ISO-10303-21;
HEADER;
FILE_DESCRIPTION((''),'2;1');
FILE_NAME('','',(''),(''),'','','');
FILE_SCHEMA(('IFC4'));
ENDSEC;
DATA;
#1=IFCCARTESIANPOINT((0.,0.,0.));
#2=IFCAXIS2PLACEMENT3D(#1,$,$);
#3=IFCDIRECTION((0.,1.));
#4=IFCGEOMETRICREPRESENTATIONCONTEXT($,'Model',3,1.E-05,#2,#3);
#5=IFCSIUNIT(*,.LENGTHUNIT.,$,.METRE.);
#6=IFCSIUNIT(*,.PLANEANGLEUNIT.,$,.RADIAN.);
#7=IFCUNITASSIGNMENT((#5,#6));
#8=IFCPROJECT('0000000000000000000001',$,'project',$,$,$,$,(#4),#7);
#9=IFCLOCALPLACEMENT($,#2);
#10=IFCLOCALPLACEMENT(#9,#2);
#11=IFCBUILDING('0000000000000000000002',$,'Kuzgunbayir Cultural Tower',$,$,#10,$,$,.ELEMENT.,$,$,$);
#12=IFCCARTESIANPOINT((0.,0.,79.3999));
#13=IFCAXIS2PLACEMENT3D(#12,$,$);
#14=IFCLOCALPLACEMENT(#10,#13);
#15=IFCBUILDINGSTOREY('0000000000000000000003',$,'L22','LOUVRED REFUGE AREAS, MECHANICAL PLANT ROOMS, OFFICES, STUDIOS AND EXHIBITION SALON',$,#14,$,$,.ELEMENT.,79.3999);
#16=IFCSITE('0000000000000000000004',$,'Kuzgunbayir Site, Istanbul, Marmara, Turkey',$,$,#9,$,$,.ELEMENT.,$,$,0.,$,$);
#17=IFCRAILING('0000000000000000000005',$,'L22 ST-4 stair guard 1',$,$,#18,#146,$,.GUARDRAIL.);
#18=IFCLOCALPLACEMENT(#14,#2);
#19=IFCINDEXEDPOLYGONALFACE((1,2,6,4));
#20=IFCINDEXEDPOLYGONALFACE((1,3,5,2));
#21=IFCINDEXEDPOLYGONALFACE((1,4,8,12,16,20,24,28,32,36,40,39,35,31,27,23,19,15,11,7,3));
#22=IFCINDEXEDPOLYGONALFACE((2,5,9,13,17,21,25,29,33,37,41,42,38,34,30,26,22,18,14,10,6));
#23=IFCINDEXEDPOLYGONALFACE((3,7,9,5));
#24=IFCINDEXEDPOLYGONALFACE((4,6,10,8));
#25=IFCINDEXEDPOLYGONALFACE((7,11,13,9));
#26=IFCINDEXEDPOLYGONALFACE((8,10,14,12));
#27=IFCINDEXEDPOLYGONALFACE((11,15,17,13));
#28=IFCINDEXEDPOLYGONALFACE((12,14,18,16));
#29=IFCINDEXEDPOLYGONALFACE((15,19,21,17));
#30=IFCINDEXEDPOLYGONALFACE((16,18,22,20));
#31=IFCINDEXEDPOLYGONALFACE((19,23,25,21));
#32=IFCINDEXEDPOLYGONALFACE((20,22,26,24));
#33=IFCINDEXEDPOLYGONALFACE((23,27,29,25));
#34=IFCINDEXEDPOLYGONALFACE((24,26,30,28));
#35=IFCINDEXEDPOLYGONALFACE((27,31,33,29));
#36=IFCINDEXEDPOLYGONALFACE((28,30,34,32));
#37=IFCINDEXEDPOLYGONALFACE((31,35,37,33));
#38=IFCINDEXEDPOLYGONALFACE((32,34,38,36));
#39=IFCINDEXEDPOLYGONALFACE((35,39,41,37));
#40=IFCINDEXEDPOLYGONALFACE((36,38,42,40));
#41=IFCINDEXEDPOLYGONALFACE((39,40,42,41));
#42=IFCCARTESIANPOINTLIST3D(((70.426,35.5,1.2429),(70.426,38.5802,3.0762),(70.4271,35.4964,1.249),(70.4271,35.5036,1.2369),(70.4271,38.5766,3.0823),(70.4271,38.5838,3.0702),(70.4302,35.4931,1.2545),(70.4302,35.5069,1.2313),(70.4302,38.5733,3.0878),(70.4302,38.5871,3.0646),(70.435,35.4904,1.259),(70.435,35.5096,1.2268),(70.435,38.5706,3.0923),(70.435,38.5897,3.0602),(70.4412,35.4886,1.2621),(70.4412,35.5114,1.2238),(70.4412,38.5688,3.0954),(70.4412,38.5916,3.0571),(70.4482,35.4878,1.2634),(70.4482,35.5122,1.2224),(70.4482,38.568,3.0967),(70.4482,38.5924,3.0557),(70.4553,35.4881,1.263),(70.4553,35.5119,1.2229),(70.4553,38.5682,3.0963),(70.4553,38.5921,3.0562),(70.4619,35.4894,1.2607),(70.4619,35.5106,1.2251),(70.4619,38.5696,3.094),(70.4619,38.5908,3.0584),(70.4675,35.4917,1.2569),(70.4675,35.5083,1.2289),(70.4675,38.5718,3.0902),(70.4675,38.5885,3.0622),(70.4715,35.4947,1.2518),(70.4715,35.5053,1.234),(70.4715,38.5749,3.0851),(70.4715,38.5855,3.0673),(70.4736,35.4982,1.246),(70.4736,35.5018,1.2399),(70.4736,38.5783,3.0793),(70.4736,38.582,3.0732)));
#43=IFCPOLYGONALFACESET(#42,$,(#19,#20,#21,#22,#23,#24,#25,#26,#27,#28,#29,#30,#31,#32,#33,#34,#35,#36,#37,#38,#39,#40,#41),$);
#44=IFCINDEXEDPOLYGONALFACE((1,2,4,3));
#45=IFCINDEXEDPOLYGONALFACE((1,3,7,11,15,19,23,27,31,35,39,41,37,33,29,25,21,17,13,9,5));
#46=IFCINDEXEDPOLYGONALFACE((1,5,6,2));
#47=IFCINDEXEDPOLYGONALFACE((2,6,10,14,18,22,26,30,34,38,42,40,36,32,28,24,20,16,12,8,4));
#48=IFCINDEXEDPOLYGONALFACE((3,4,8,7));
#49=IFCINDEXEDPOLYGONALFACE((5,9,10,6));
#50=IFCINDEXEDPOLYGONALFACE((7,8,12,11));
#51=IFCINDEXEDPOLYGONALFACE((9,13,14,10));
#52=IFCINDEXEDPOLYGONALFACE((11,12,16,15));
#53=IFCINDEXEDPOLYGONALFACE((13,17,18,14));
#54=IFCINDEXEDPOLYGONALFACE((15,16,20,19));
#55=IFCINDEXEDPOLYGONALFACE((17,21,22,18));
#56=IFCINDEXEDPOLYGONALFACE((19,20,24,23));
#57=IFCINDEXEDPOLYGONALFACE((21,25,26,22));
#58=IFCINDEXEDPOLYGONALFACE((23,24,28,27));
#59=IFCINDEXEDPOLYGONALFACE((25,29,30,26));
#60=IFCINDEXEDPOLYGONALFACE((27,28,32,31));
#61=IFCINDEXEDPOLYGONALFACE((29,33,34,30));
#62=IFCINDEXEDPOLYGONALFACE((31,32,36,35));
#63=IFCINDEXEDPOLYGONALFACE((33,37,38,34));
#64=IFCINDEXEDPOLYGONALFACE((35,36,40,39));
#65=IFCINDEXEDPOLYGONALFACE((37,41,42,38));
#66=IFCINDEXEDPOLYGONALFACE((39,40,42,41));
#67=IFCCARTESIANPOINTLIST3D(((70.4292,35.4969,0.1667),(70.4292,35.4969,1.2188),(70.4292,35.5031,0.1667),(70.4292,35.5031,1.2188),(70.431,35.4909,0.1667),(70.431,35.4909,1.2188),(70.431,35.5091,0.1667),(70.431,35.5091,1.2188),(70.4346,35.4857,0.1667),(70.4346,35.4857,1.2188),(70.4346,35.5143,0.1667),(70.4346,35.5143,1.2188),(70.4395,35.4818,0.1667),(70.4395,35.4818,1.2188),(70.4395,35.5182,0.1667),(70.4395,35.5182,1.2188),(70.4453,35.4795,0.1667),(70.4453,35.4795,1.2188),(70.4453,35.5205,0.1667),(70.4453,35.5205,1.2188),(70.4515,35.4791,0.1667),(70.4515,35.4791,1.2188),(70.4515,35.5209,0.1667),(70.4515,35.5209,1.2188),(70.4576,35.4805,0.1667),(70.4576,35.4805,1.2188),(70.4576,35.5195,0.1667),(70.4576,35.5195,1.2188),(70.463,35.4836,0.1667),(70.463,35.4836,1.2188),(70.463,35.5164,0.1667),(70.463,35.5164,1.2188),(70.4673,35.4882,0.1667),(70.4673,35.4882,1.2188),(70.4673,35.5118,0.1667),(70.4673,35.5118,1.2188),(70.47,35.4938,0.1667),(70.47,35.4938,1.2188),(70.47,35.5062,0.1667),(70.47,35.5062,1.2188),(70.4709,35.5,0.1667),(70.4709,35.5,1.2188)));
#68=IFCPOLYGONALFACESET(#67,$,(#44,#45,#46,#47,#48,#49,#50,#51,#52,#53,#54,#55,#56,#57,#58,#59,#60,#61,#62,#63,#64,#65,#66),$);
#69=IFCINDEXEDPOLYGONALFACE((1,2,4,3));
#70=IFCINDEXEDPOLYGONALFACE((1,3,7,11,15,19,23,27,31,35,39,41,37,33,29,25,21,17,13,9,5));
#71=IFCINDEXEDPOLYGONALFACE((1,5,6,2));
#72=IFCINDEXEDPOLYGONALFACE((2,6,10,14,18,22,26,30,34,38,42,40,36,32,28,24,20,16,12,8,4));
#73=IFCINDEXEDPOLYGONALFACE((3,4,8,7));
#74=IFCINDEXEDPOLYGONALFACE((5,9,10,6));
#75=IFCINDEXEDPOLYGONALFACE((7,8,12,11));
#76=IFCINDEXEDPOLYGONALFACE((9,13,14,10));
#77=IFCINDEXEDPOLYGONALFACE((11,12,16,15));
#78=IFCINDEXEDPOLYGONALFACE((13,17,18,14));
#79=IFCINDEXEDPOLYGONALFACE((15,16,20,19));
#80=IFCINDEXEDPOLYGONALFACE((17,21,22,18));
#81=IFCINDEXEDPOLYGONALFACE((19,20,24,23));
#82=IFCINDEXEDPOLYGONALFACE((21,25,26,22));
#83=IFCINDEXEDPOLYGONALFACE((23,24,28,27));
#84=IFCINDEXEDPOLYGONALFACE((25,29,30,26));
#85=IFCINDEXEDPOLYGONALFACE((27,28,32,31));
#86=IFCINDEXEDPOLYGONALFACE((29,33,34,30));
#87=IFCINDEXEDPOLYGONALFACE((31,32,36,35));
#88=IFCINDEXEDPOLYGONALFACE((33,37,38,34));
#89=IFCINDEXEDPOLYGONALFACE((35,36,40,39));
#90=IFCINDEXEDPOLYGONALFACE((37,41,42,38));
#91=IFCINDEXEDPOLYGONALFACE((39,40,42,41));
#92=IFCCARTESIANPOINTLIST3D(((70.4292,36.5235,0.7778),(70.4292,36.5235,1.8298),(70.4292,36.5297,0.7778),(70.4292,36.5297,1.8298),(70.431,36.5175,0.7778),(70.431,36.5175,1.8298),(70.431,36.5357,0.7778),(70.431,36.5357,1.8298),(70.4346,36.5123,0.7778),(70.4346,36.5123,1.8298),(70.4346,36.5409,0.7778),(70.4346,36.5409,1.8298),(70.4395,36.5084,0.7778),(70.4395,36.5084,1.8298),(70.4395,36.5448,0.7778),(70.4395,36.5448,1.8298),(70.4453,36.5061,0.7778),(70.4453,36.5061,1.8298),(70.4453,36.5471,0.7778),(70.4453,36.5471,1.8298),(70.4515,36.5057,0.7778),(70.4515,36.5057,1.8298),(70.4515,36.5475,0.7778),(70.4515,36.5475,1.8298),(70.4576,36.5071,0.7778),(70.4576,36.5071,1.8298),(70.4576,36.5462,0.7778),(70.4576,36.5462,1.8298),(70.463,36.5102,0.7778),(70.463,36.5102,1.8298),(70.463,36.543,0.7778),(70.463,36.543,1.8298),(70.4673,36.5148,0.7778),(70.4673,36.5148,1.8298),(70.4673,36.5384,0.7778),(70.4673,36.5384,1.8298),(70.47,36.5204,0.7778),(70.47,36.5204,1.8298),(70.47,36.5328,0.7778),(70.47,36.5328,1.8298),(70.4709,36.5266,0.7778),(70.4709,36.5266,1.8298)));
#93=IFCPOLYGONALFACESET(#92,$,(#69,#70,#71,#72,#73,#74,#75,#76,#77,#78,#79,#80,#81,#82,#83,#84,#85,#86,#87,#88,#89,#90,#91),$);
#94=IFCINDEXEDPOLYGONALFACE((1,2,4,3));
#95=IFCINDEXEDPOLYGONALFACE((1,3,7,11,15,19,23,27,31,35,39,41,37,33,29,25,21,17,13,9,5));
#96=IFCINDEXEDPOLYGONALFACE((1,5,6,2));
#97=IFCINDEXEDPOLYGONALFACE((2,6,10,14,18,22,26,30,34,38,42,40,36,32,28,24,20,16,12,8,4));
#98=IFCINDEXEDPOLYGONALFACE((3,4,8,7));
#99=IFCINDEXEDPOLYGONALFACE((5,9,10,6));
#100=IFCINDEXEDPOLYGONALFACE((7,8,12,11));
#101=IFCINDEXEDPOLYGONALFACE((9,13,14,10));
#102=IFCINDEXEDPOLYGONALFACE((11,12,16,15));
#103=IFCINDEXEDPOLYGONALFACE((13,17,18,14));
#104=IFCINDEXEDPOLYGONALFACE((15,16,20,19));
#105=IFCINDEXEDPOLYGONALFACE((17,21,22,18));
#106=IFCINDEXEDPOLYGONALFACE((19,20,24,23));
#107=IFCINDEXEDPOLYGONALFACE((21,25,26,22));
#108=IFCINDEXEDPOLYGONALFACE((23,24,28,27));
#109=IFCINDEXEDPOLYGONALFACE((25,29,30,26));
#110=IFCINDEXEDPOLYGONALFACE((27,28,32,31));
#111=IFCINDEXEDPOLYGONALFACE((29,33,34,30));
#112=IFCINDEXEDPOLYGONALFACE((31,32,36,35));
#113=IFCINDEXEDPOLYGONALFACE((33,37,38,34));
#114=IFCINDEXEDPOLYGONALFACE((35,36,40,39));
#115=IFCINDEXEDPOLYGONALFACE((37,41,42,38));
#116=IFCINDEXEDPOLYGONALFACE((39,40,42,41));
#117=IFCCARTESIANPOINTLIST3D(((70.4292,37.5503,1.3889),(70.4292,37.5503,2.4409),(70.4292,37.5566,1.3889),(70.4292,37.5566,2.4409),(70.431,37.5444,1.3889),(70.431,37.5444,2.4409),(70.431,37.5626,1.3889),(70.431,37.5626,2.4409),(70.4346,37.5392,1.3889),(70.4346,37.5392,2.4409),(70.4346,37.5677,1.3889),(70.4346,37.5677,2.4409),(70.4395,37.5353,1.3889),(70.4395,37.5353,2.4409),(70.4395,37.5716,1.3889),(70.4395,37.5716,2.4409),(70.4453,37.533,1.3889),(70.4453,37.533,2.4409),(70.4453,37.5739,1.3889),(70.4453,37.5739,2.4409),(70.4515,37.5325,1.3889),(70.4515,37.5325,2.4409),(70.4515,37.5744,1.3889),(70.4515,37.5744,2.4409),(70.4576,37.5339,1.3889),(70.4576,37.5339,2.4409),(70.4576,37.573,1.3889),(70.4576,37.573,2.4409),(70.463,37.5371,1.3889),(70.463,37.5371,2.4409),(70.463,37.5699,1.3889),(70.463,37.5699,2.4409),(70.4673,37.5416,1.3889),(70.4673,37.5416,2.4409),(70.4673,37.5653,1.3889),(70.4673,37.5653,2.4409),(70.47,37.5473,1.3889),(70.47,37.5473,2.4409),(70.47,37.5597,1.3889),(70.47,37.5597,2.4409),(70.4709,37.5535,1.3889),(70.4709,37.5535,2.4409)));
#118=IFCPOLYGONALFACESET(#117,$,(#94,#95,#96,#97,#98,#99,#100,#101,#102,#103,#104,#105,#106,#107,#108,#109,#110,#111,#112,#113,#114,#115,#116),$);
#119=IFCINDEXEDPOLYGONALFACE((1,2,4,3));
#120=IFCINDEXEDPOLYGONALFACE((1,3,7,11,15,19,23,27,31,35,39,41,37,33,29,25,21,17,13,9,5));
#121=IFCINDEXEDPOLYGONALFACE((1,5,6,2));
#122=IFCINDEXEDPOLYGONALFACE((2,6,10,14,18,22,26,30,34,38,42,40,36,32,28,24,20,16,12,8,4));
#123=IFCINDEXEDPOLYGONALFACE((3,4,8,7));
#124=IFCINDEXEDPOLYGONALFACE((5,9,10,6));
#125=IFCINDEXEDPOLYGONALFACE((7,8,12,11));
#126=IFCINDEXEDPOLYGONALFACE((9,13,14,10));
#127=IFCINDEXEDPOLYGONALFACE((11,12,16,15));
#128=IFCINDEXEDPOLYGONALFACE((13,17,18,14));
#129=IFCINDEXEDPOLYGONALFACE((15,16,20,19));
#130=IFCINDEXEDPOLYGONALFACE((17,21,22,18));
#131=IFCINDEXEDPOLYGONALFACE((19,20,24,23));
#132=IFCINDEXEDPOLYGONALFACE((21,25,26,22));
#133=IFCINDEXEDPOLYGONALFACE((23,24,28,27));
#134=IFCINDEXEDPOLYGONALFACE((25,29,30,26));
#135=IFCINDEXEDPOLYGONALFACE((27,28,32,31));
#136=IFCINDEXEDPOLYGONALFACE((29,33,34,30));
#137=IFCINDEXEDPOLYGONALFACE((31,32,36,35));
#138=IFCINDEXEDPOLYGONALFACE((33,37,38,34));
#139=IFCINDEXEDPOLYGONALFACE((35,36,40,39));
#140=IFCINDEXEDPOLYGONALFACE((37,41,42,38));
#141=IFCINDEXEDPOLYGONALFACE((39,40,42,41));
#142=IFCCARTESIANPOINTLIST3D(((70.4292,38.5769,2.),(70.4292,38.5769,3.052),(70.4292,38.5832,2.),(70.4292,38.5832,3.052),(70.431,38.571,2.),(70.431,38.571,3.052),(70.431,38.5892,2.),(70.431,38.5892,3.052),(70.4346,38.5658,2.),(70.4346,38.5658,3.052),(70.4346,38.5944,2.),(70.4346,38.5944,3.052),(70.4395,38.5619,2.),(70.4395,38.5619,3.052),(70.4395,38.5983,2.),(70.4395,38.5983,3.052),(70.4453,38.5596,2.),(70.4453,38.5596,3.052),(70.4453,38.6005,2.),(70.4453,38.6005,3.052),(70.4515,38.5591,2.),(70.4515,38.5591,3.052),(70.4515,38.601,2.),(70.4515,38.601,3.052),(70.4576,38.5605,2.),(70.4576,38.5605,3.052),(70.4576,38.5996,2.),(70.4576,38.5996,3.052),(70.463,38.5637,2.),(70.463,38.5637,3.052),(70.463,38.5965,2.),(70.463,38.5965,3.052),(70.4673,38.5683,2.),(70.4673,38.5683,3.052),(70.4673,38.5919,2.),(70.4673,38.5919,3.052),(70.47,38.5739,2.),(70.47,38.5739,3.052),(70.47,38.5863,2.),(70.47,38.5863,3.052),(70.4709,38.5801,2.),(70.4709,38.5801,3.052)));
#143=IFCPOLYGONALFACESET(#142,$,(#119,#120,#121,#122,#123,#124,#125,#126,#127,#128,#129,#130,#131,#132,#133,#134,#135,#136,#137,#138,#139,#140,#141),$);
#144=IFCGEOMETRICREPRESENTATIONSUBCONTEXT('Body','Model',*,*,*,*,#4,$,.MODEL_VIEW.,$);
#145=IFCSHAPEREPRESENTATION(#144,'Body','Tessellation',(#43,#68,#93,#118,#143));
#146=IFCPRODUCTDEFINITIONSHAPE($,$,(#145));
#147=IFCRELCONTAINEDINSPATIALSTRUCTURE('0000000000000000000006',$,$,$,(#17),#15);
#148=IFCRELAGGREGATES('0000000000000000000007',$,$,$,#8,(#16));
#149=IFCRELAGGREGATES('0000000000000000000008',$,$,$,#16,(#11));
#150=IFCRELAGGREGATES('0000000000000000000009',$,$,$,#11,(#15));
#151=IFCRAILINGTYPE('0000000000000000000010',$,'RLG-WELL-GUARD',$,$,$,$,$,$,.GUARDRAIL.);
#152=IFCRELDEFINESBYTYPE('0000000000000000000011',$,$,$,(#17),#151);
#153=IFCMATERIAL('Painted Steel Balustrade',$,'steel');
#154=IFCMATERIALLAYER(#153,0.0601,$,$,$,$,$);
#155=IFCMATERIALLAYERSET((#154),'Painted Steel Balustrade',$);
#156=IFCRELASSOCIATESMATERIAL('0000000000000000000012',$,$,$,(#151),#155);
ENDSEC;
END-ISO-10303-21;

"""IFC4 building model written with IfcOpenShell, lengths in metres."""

from ifc_helpers import new_model, si_unit, direction, frame, origin, origin_2d, place, context, subcontext, project, spatial, circle, extrude, material, layer, layer_set, type_object, element, save


model = new_model("IFC4")

# Units and contexts
model_context = context("Model", 3, precision=1e-05, world=origin(), true_north=direction((0.0, 1.0)))
body_context = subcontext(model_context, "Body", "Model", "MODEL_VIEW")
ifc_project = project(units=[si_unit("LENGTHUNIT", "METRE"), si_unit("PLANEANGLEUNIT", "RADIAN")], contexts=[model_context])

# Site, building, storey
site_placement = place(None, origin())
site = spatial("IfcSite", under=ifc_project, at=site_placement, Name="Kuzgunbayir Site, Istanbul, Marmara, Turkey", CompositionType="ELEMENT", RefElevation=0.0)
building_placement = place(site_placement, origin())
building = spatial("IfcBuilding", under=site, at=building_placement, Name="Kuzgunbayir Cultural Tower", CompositionType="ELEMENT")
storey_placement = place(building_placement, frame((0.0, 0.0, 79.3999)))
storey = spatial("IfcBuildingStorey", under=building, at=storey_placement, Name="L22", Description="LOUVRED REFUGE AREAS, MECHANICAL PLANT ROOMS, OFFICES, STUDIOS AND EXHIBITION SALON", CompositionType="ELEMENT", Elevation=79.3999)

# Railing
ifc_material_1 = material(Name="Painted Steel Balustrade", Category="steel")
ifc_layer_1 = layer(ifc_material_1, 0.0601)
ifc_layer_set_1 = layer_set([ifc_layer_1], Name="Painted Steel Balustrade")
railing_type_1 = type_object("IfcRailingType", Name="RLG-WELL-GUARD", PredefinedType="GUARDRAIL", material=ifc_layer_set_1)
railing_1_placement = place(storey_placement, frame((70.45, 35.5, 0.1667)))
element("IfcRailing", 1, at=railing_1_placement, inside=storey, type_object=railing_type_1, Name="L22 ST-4 stair guard 1", PredefinedType="GUARDRAIL", context=body_context, shape_type="SweptSolid", body=[
    extrude(circle(Radius=0.0239, at=origin_2d()), frame((0.0, 0.0, 1.0762), z_axis=(0.0, 0.859309, 0.511458), x_axis=(-1.0, 0.0, 0.0)), (0.0, 0.0, 1.0), 3.5845),
    extrude(circle(Radius=0.021, at=origin_2d()), origin(), (0.0, 0.0, 1.0), 1.052),
    extrude(circle(Radius=0.021, at=origin_2d()), frame((0.0, 1.0266, 0.6111)), (0.0, 0.0, 1.0), 1.052),
    extrude(circle(Radius=0.021, at=origin_2d()), frame((0.0, 2.0535, 1.2222)), (0.0, 0.0, 1.0), 1.052),
    extrude(circle(Radius=0.021, at=origin_2d()), frame((0.0, 3.0801, 1.8333)), (0.0, 0.0, 1.0), 1.052),
])

save(model, "model.ifc")
